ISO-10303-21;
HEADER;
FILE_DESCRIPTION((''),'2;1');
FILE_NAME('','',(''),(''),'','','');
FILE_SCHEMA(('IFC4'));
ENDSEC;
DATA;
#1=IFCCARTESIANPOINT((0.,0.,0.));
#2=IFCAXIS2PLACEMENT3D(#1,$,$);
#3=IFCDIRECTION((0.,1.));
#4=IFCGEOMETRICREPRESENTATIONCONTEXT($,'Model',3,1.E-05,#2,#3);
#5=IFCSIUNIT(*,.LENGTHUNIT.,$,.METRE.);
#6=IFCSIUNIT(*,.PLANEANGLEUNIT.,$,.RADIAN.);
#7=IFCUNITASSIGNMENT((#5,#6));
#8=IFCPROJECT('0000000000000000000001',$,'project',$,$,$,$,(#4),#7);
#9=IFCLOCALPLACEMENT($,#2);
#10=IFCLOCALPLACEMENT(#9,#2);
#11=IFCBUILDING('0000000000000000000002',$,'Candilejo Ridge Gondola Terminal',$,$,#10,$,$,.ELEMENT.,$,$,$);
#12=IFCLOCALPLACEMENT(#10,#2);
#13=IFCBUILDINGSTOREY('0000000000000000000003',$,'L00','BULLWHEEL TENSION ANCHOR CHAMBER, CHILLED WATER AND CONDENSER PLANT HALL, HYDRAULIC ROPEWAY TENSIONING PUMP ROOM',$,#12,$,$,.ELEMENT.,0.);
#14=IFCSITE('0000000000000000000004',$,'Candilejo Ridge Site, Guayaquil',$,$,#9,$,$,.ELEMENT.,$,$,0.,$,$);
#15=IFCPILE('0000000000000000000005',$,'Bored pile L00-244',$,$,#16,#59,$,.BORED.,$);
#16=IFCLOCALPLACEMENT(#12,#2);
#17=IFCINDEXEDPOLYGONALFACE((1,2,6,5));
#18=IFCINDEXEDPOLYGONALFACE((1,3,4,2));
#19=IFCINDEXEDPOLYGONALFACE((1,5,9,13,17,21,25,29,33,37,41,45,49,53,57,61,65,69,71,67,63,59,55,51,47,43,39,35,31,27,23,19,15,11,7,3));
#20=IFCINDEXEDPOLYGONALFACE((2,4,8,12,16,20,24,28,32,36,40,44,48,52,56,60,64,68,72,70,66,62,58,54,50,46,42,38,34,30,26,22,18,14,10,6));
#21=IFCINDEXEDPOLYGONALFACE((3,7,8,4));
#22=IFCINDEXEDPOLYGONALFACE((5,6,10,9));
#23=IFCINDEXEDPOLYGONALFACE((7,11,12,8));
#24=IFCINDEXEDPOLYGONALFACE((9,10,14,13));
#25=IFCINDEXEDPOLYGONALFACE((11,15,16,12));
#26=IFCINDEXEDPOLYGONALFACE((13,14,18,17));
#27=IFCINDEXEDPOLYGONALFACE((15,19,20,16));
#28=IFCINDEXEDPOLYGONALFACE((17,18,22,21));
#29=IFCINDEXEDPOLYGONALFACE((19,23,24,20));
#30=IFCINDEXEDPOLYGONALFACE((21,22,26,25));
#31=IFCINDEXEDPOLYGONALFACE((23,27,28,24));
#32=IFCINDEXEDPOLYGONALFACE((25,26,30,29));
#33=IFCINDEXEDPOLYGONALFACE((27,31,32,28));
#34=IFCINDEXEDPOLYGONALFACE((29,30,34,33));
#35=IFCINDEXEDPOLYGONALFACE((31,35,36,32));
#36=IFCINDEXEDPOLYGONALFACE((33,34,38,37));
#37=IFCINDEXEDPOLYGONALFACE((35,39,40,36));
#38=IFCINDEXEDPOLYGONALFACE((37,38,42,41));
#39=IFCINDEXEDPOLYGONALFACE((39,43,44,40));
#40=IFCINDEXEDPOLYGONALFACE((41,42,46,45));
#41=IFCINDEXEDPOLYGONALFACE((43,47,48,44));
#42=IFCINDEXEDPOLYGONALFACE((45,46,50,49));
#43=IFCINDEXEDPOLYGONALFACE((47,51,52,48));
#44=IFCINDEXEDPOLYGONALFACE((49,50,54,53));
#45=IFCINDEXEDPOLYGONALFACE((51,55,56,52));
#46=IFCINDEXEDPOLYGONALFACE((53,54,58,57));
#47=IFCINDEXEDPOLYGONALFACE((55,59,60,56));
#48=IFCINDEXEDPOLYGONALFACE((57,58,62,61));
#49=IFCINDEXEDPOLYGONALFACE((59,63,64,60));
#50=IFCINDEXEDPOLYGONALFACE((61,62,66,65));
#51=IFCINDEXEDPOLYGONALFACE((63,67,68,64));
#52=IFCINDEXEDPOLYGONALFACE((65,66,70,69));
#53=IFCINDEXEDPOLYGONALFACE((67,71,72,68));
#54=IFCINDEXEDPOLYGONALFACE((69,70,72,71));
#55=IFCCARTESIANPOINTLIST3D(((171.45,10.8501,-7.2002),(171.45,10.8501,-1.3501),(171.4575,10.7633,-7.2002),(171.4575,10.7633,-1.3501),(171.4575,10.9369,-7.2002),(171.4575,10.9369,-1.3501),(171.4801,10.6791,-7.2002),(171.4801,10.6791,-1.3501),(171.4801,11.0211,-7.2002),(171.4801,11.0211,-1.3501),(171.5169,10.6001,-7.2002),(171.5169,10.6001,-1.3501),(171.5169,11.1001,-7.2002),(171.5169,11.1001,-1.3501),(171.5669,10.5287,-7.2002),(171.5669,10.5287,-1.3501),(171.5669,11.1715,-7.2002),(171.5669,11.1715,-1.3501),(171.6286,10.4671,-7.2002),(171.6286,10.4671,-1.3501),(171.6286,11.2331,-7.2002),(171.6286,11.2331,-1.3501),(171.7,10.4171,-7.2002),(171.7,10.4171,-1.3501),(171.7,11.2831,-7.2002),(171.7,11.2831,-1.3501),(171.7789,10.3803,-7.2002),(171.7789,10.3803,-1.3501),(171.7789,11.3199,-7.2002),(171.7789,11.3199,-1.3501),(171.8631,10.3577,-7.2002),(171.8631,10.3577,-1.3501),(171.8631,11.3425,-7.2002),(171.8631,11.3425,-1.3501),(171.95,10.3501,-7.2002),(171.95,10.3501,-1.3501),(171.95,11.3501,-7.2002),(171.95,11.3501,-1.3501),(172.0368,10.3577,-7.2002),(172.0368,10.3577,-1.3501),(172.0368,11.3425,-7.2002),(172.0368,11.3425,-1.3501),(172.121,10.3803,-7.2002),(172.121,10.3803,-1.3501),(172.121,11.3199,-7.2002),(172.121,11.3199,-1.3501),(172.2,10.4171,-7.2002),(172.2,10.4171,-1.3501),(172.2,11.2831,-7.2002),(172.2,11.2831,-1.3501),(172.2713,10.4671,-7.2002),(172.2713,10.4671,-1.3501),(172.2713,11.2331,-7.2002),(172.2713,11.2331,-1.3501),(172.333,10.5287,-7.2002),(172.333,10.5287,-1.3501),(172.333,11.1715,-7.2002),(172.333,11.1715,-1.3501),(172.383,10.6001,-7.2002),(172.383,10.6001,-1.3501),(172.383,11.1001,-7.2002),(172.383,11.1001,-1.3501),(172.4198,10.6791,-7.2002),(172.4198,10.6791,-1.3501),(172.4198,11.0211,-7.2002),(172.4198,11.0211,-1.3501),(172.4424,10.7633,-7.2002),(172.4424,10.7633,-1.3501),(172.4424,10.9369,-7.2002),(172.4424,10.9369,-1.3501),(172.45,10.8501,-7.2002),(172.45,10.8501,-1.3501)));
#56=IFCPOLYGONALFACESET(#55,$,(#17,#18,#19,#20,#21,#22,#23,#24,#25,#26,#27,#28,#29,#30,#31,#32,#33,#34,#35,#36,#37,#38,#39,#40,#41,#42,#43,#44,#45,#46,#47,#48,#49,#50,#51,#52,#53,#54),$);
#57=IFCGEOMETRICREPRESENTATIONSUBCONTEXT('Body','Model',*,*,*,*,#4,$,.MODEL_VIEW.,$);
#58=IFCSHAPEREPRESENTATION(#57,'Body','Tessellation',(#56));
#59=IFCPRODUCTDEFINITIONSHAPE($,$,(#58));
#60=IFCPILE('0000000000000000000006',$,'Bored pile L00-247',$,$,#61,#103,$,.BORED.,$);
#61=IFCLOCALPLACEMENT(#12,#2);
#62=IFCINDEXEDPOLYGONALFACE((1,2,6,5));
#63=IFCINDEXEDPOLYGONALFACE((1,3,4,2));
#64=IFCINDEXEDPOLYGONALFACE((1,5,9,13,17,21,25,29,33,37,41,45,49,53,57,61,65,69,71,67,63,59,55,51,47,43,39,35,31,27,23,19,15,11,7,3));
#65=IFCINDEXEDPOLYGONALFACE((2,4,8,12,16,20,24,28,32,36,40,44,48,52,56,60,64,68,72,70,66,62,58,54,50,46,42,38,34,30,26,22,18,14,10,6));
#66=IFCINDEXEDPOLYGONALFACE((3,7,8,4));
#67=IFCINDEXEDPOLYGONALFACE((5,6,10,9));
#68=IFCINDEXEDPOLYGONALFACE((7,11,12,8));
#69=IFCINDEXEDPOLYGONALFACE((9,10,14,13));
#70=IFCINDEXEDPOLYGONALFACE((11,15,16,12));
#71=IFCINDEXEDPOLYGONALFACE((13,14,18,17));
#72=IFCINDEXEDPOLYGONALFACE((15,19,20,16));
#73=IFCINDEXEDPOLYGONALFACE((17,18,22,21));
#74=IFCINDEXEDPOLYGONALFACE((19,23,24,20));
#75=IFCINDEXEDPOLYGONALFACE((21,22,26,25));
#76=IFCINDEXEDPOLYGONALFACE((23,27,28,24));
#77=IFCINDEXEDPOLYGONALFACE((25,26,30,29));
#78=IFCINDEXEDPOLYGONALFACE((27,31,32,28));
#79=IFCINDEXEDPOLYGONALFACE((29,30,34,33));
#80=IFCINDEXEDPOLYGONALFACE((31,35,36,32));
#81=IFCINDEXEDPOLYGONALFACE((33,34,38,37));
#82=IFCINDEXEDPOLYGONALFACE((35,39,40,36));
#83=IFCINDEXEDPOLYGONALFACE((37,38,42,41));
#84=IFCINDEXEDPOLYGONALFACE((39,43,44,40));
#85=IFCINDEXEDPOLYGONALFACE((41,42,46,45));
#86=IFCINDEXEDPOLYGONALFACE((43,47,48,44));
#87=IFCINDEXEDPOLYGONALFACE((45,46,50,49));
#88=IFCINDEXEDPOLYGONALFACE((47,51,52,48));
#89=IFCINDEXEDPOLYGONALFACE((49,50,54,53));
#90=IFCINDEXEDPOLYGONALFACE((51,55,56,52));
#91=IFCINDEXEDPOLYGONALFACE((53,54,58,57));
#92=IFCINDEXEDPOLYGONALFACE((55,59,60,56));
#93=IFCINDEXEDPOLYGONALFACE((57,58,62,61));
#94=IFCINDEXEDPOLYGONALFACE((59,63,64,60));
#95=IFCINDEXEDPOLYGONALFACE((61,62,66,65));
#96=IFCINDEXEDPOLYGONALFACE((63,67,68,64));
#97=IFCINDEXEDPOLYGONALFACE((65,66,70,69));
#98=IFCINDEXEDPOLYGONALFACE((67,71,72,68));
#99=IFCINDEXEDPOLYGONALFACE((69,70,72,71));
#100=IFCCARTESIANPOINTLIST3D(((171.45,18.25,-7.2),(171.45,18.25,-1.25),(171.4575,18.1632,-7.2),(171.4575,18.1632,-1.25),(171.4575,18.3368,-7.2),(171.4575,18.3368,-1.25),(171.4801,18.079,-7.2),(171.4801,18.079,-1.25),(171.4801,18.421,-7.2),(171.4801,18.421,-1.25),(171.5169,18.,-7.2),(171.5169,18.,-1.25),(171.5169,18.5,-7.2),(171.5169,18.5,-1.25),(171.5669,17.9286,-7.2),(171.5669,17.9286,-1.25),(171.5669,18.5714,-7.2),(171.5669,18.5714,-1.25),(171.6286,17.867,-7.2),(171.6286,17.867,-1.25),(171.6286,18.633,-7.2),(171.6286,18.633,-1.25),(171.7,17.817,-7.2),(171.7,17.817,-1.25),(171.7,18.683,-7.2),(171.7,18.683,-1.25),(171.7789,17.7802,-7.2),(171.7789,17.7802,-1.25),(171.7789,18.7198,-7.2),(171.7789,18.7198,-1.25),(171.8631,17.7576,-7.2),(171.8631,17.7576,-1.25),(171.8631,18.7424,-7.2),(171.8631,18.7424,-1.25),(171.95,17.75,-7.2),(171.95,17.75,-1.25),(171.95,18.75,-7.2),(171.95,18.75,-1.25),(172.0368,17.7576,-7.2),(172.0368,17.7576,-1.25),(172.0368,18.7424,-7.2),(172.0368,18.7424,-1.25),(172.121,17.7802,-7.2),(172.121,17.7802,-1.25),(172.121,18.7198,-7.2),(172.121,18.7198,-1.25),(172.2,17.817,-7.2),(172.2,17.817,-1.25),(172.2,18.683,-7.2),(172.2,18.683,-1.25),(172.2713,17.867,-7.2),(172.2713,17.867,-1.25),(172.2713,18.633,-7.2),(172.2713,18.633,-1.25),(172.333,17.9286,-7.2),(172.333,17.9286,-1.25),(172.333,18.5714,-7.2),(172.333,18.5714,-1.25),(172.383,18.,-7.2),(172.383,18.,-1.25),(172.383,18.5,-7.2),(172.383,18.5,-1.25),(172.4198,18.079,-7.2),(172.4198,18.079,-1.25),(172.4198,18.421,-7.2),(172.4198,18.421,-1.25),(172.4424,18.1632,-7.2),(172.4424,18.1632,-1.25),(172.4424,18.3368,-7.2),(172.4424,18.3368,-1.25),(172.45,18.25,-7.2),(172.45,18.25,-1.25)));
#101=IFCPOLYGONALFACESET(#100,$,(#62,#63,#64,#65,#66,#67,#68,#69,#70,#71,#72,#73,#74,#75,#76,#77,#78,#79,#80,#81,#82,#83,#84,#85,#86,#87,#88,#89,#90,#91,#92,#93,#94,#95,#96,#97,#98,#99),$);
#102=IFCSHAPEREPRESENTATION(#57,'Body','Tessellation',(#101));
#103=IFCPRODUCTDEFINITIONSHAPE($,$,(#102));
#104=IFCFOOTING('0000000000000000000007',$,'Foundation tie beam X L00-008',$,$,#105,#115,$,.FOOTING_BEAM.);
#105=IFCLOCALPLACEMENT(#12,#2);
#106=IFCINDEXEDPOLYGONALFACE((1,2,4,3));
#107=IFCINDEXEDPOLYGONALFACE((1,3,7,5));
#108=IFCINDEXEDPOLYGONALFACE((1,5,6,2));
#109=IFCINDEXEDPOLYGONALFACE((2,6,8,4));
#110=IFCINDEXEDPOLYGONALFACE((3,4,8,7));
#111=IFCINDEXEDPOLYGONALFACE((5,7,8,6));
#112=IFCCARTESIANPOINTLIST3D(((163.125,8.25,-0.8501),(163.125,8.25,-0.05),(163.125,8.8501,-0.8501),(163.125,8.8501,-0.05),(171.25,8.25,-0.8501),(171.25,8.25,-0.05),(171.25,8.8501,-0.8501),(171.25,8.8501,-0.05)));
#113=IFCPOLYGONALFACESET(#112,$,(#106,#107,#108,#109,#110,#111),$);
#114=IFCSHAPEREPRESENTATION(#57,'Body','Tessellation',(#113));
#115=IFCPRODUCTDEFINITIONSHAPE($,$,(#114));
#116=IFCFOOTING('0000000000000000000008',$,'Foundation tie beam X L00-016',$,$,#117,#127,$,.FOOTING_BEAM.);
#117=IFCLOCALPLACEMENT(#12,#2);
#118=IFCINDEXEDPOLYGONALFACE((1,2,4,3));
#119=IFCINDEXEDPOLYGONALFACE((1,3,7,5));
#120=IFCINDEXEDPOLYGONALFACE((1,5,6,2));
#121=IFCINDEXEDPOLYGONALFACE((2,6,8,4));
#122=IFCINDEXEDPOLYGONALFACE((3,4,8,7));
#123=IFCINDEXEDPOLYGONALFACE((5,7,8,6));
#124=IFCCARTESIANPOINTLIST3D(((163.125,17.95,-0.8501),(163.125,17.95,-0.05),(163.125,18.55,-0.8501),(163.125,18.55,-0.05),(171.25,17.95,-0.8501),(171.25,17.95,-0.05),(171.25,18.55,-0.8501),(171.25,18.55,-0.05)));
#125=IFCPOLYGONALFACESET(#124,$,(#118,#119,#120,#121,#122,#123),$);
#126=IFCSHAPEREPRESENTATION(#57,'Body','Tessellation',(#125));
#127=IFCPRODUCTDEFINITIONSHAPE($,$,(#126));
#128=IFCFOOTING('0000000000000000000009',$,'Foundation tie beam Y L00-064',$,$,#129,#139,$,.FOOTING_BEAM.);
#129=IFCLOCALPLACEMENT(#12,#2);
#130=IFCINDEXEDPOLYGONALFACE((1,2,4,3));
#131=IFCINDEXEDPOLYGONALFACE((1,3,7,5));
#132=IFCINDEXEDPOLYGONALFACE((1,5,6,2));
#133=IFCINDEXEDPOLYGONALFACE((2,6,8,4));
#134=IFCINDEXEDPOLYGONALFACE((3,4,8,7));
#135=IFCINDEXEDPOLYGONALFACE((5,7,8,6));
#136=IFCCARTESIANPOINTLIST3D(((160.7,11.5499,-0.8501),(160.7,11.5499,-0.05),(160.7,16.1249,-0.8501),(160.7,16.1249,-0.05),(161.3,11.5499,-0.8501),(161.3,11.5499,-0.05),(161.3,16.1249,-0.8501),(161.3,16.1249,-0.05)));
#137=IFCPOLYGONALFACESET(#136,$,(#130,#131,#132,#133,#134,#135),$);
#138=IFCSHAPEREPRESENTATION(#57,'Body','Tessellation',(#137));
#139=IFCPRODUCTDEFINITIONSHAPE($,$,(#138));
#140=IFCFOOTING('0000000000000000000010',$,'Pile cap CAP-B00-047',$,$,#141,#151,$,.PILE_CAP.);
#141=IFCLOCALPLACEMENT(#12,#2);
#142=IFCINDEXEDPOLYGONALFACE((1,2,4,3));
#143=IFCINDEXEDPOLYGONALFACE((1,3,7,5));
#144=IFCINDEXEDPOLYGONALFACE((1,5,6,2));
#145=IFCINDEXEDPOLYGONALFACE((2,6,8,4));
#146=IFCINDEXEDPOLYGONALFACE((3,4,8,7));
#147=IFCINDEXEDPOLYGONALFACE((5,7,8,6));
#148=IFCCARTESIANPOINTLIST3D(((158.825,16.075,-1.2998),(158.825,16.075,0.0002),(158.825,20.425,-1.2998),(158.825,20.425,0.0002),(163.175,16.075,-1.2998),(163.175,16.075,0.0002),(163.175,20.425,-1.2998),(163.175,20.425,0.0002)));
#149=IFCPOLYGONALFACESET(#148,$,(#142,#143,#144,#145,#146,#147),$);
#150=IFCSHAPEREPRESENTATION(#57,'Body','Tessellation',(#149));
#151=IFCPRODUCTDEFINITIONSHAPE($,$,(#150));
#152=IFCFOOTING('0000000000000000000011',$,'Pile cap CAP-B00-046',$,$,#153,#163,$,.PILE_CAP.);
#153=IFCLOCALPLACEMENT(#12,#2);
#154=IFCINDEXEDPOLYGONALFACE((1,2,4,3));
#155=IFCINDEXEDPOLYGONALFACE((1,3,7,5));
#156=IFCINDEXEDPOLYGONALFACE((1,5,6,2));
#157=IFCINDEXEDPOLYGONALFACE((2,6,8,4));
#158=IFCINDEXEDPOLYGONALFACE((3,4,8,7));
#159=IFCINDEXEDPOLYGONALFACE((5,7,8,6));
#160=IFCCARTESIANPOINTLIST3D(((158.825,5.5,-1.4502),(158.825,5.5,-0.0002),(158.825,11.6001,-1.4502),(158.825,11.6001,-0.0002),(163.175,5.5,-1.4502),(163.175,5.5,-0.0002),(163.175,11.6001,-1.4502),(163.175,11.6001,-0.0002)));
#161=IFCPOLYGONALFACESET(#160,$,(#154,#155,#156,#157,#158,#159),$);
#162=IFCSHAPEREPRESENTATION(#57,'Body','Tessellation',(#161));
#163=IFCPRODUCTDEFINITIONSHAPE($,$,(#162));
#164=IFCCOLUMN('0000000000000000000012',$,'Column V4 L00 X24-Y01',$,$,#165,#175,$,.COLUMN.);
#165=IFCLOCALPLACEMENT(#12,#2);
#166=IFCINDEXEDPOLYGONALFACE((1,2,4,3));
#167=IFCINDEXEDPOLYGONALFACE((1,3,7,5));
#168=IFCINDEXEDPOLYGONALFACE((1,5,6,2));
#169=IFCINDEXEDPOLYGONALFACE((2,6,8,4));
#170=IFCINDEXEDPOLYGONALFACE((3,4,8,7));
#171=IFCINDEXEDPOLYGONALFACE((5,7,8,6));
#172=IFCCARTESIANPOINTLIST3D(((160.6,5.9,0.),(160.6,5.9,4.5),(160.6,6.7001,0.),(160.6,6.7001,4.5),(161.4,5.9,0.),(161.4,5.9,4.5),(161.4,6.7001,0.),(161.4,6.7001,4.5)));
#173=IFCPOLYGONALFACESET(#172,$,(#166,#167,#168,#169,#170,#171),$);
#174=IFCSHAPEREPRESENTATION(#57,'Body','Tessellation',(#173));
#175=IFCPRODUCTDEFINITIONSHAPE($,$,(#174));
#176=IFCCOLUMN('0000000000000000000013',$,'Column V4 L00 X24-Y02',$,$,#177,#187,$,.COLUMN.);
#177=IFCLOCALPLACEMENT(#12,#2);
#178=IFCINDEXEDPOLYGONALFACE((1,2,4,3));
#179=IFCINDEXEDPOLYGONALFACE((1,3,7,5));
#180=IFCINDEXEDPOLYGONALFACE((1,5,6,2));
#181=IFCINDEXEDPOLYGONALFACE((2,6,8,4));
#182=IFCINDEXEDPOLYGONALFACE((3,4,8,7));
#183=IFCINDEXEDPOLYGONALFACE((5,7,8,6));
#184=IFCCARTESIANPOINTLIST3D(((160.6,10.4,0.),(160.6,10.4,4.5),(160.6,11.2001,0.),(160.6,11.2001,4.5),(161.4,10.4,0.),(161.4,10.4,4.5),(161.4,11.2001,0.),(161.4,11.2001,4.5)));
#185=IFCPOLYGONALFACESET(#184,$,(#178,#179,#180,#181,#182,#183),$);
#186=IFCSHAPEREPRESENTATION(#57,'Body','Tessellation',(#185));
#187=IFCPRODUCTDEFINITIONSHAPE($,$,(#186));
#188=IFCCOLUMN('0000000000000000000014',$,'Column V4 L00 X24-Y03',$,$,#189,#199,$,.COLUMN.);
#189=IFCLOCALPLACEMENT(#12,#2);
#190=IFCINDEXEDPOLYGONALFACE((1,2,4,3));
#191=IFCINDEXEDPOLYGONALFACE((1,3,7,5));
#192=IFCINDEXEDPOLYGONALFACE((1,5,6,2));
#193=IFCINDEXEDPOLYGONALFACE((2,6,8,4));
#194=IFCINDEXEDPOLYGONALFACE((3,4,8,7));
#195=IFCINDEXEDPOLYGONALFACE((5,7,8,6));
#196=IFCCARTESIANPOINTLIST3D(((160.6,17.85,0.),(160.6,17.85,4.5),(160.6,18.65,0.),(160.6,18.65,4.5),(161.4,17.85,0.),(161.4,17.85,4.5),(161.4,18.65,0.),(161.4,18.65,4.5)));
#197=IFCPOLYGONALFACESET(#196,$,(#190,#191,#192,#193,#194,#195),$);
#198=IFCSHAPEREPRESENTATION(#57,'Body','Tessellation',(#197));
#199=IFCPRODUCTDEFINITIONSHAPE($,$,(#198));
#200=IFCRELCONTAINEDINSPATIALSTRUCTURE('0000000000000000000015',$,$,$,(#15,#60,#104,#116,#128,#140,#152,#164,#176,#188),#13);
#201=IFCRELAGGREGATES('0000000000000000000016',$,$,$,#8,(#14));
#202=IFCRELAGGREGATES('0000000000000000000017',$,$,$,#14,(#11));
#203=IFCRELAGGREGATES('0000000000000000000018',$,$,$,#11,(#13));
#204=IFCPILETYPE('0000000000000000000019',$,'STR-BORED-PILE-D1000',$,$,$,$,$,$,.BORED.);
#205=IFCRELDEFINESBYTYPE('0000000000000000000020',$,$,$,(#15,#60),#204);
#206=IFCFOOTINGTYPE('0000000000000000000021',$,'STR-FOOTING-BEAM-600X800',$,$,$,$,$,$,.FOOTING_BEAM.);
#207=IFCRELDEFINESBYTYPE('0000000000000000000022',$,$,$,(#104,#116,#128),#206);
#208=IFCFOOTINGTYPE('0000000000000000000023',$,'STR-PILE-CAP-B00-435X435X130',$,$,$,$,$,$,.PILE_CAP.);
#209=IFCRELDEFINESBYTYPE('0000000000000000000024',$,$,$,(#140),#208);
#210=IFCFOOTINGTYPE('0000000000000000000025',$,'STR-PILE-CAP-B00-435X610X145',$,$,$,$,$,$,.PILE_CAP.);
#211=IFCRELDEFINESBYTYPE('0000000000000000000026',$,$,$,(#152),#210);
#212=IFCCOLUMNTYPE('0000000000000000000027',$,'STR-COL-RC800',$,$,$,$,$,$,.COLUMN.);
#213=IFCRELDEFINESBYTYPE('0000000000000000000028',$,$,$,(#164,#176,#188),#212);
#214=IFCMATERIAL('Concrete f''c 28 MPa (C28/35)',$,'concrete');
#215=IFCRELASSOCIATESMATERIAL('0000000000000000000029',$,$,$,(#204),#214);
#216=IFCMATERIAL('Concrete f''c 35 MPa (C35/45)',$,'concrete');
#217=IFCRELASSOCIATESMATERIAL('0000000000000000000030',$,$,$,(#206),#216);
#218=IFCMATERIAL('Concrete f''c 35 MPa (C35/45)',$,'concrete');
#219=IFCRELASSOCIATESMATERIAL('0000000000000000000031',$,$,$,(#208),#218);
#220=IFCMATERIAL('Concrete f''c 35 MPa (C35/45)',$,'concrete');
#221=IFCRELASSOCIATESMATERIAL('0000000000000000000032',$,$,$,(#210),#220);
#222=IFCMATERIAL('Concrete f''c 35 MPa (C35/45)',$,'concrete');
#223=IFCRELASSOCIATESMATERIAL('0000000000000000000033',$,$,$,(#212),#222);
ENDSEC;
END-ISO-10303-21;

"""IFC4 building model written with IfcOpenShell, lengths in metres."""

from ifc_helpers import new_model, si_unit, direction, frame, origin, origin_2d, place, context, subcontext, project, spatial, rectangle, circle, extrude, material, material_profile, profile_set, type_object, element, save


model = new_model("IFC4")

# Units and contexts
model_context = context("Model", 3, precision=1e-05, world=origin(), true_north=direction((0.0, 1.0)))
body_context = subcontext(model_context, "Body", "Model", "MODEL_VIEW")
ifc_project = project(units=[si_unit("LENGTHUNIT", "METRE"), si_unit("PLANEANGLEUNIT", "RADIAN")], contexts=[model_context])

# Site, building, storey
site_placement = place(None, origin())
site = spatial("IfcSite", under=ifc_project, at=site_placement, Name="Candilejo Ridge Site, Guayaquil", CompositionType="ELEMENT", RefElevation=0.0)
building_placement = place(site_placement, origin())
building = spatial("IfcBuilding", under=site, at=building_placement, Name="Candilejo Ridge Gondola Terminal", CompositionType="ELEMENT")
storey_placement = place(building_placement, origin())
storey = spatial("IfcBuildingStorey", under=building, at=storey_placement, Name="L00", Description="BULLWHEEL TENSION ANCHOR CHAMBER, CHILLED WATER AND CONDENSER PLANT HALL, HYDRAULIC ROPEWAY TENSIONING PUMP ROOM", CompositionType="ELEMENT", Elevation=0.0)

# Piles
ifc_material_1 = material(Name="Concrete f'c 28 MPa (C28/35)", Category="concrete")
ifc_material_profile_1 = material_profile(ifc_material_1, circle(Radius=0.5, at=origin_2d()))
ifc_profile_set_1 = profile_set([ifc_material_profile_1], Name="Concrete f'c 28 MPa (C28/35)")
pile_type = type_object("IfcPileType", Name="STR-BORED-PILE-D1000", PredefinedType="BORED", material=ifc_profile_set_1)
for number, where, z_axis, x_axis, name in (
    (1, (171.95, 10.8501, -1.3501), (0.0, 0.0, -1.0), (1.0, 0.0, 0.0), "Bored pile L00-244"),
):
    element("IfcPile", number, at=place(storey_placement, frame(where, z_axis=z_axis, x_axis=x_axis)), inside=storey, type_object=pile_type, Name=name, PredefinedType="BORED", context=body_context, shape_type="SweptSolid", body=[
        extrude(circle(Radius=0.5, at=origin_2d()), origin(), (0.0, 0.0, 1.0), 5.8501),
    ])
pile_1_placement = place(storey_placement, frame((171.95, 18.25, -1.25), z_axis=(0.0, 0.0, -1.0), x_axis=(1.0, 0.0, 0.0)))
element("IfcPile", 2, at=pile_1_placement, inside=storey, type_object=pile_type, Name="Bored pile L00-247", PredefinedType="BORED", context=body_context, shape_type="SweptSolid", body=[
    extrude(circle(Radius=0.5, at=origin_2d()), origin(), (0.0, 0.0, 1.0), 5.95),
])

# Footings
ifc_material_2 = material(Name="Concrete f'c 35 MPa (C35/45)", Category="concrete")
footing_type_1 = type_object("IfcFootingType", Name="STR-FOOTING-BEAM-600X800", PredefinedType="FOOTING_BEAM", material=ifc_material_2)
for number, where, z_axis, x_axis, name in (
    (3, (167.1875, 8.55, -0.8501), (0.0, 0.0, 1.0), (1.0, 0.0, 0.0), "Foundation tie beam X L00-008"),
    (4, (167.1875, 18.25, -0.8501), (0.0, 0.0, 1.0), (1.0, 0.0, 0.0), "Foundation tie beam X L00-016"),
):
    element("IfcFooting", number, at=place(storey_placement, frame(where, z_axis=z_axis, x_axis=x_axis)), inside=storey, type_object=footing_type_1, Name=name, PredefinedType="FOOTING_BEAM", context=body_context, shape_type="SweptSolid", body=[
        extrude(rectangle(XDim=8.125, YDim=0.6001, at=origin_2d()), origin(), (0.0, 0.0, 1.0), 0.8),
    ])
footing_1_placement = place(storey_placement, frame((161.0, 13.8374, -0.8501), z_axis=(0.0, 0.0, 1.0), x_axis=(1.0, 0.0, 0.0)))
element("IfcFooting", 5, at=footing_1_placement, inside=storey, type_object=footing_type_1, Name="Foundation tie beam Y L00-064", PredefinedType="FOOTING_BEAM", context=body_context, shape_type="SweptSolid", body=[
    extrude(rectangle(XDim=0.6001, YDim=4.575, at=origin_2d()), origin(), (0.0, 0.0, 1.0), 0.8),
])
ifc_material_3 = material(Name="Concrete f'c 35 MPa (C35/45)", Category="concrete")
footing_type_2 = type_object("IfcFootingType", Name="STR-PILE-CAP-B00-435X435X130", PredefinedType="PILE_CAP", material=ifc_material_3)
footing_2_placement = place(storey_placement, frame((161.0, 18.25, -1.2998), z_axis=(0.0, 0.0, 1.0), x_axis=(1.0, 0.0, 0.0)))
element("IfcFooting", 6, at=footing_2_placement, inside=storey, type_object=footing_type_2, Name="Pile cap CAP-B00-047", PredefinedType="PILE_CAP", context=body_context, shape_type="SweptSolid", body=[
    extrude(rectangle(XDim=4.3501, YDim=4.3501, at=origin_2d()), origin(), (0.0, 0.0, 1.0), 1.3),
])
ifc_material_4 = material(Name="Concrete f'c 35 MPa (C35/45)", Category="concrete")
footing_type_3 = type_object("IfcFootingType", Name="STR-PILE-CAP-B00-435X610X145", PredefinedType="PILE_CAP", material=ifc_material_4)
footing_3_placement = place(storey_placement, frame((161.0, 8.55, -1.4502), z_axis=(0.0, 0.0, 1.0), x_axis=(1.0, 0.0, 0.0)))
element("IfcFooting", 7, at=footing_3_placement, inside=storey, type_object=footing_type_3, Name="Pile cap CAP-B00-046", PredefinedType="PILE_CAP", context=body_context, shape_type="SweptSolid", body=[
    extrude(rectangle(XDim=4.3501, YDim=6.1001, at=origin_2d()), origin(), (0.0, 0.0, 1.0), 1.45),
])

# Columns
ifc_material_5 = material(Name="Concrete f'c 35 MPa (C35/45)", Category="concrete")
ifc_material_profile_2 = material_profile(ifc_material_5, rectangle(XDim=0.8, YDim=0.8, at=origin_2d()))
ifc_profile_set_2 = profile_set([ifc_material_profile_2], Name="Concrete f'c 35 MPa (C35/45)")
column_type = type_object("IfcColumnType", Name="STR-COL-RC800", PredefinedType="COLUMN", material=ifc_profile_set_2)
for number, where, z_axis, x_axis, name in (
    (8, (161.0, 6.3, 0.0), (0.0, 0.0, 1.0), (1.0, 0.0, 0.0), "Column V4 L00 X24-Y01"),
    (9, (161.0, 10.8, 0.0), (0.0, 0.0, 1.0), (1.0, 0.0, 0.0), "Column V4 L00 X24-Y02"),
    (10, (161.0, 18.25, 0.0), (0.0, 0.0, 1.0), (1.0, 0.0, 0.0), "Column V4 L00 X24-Y03"),
):
    element("IfcColumn", number, at=place(storey_placement, frame(where, z_axis=z_axis, x_axis=x_axis)), inside=storey, type_object=column_type, Name=name, PredefinedType="COLUMN", context=body_context, shape_type="SweptSolid", body=[
        extrude(rectangle(XDim=0.8, YDim=0.8, at=origin_2d()), origin(), (0.0, 0.0, 1.0), 4.5),
    ])

save(model, "model.ifc")
